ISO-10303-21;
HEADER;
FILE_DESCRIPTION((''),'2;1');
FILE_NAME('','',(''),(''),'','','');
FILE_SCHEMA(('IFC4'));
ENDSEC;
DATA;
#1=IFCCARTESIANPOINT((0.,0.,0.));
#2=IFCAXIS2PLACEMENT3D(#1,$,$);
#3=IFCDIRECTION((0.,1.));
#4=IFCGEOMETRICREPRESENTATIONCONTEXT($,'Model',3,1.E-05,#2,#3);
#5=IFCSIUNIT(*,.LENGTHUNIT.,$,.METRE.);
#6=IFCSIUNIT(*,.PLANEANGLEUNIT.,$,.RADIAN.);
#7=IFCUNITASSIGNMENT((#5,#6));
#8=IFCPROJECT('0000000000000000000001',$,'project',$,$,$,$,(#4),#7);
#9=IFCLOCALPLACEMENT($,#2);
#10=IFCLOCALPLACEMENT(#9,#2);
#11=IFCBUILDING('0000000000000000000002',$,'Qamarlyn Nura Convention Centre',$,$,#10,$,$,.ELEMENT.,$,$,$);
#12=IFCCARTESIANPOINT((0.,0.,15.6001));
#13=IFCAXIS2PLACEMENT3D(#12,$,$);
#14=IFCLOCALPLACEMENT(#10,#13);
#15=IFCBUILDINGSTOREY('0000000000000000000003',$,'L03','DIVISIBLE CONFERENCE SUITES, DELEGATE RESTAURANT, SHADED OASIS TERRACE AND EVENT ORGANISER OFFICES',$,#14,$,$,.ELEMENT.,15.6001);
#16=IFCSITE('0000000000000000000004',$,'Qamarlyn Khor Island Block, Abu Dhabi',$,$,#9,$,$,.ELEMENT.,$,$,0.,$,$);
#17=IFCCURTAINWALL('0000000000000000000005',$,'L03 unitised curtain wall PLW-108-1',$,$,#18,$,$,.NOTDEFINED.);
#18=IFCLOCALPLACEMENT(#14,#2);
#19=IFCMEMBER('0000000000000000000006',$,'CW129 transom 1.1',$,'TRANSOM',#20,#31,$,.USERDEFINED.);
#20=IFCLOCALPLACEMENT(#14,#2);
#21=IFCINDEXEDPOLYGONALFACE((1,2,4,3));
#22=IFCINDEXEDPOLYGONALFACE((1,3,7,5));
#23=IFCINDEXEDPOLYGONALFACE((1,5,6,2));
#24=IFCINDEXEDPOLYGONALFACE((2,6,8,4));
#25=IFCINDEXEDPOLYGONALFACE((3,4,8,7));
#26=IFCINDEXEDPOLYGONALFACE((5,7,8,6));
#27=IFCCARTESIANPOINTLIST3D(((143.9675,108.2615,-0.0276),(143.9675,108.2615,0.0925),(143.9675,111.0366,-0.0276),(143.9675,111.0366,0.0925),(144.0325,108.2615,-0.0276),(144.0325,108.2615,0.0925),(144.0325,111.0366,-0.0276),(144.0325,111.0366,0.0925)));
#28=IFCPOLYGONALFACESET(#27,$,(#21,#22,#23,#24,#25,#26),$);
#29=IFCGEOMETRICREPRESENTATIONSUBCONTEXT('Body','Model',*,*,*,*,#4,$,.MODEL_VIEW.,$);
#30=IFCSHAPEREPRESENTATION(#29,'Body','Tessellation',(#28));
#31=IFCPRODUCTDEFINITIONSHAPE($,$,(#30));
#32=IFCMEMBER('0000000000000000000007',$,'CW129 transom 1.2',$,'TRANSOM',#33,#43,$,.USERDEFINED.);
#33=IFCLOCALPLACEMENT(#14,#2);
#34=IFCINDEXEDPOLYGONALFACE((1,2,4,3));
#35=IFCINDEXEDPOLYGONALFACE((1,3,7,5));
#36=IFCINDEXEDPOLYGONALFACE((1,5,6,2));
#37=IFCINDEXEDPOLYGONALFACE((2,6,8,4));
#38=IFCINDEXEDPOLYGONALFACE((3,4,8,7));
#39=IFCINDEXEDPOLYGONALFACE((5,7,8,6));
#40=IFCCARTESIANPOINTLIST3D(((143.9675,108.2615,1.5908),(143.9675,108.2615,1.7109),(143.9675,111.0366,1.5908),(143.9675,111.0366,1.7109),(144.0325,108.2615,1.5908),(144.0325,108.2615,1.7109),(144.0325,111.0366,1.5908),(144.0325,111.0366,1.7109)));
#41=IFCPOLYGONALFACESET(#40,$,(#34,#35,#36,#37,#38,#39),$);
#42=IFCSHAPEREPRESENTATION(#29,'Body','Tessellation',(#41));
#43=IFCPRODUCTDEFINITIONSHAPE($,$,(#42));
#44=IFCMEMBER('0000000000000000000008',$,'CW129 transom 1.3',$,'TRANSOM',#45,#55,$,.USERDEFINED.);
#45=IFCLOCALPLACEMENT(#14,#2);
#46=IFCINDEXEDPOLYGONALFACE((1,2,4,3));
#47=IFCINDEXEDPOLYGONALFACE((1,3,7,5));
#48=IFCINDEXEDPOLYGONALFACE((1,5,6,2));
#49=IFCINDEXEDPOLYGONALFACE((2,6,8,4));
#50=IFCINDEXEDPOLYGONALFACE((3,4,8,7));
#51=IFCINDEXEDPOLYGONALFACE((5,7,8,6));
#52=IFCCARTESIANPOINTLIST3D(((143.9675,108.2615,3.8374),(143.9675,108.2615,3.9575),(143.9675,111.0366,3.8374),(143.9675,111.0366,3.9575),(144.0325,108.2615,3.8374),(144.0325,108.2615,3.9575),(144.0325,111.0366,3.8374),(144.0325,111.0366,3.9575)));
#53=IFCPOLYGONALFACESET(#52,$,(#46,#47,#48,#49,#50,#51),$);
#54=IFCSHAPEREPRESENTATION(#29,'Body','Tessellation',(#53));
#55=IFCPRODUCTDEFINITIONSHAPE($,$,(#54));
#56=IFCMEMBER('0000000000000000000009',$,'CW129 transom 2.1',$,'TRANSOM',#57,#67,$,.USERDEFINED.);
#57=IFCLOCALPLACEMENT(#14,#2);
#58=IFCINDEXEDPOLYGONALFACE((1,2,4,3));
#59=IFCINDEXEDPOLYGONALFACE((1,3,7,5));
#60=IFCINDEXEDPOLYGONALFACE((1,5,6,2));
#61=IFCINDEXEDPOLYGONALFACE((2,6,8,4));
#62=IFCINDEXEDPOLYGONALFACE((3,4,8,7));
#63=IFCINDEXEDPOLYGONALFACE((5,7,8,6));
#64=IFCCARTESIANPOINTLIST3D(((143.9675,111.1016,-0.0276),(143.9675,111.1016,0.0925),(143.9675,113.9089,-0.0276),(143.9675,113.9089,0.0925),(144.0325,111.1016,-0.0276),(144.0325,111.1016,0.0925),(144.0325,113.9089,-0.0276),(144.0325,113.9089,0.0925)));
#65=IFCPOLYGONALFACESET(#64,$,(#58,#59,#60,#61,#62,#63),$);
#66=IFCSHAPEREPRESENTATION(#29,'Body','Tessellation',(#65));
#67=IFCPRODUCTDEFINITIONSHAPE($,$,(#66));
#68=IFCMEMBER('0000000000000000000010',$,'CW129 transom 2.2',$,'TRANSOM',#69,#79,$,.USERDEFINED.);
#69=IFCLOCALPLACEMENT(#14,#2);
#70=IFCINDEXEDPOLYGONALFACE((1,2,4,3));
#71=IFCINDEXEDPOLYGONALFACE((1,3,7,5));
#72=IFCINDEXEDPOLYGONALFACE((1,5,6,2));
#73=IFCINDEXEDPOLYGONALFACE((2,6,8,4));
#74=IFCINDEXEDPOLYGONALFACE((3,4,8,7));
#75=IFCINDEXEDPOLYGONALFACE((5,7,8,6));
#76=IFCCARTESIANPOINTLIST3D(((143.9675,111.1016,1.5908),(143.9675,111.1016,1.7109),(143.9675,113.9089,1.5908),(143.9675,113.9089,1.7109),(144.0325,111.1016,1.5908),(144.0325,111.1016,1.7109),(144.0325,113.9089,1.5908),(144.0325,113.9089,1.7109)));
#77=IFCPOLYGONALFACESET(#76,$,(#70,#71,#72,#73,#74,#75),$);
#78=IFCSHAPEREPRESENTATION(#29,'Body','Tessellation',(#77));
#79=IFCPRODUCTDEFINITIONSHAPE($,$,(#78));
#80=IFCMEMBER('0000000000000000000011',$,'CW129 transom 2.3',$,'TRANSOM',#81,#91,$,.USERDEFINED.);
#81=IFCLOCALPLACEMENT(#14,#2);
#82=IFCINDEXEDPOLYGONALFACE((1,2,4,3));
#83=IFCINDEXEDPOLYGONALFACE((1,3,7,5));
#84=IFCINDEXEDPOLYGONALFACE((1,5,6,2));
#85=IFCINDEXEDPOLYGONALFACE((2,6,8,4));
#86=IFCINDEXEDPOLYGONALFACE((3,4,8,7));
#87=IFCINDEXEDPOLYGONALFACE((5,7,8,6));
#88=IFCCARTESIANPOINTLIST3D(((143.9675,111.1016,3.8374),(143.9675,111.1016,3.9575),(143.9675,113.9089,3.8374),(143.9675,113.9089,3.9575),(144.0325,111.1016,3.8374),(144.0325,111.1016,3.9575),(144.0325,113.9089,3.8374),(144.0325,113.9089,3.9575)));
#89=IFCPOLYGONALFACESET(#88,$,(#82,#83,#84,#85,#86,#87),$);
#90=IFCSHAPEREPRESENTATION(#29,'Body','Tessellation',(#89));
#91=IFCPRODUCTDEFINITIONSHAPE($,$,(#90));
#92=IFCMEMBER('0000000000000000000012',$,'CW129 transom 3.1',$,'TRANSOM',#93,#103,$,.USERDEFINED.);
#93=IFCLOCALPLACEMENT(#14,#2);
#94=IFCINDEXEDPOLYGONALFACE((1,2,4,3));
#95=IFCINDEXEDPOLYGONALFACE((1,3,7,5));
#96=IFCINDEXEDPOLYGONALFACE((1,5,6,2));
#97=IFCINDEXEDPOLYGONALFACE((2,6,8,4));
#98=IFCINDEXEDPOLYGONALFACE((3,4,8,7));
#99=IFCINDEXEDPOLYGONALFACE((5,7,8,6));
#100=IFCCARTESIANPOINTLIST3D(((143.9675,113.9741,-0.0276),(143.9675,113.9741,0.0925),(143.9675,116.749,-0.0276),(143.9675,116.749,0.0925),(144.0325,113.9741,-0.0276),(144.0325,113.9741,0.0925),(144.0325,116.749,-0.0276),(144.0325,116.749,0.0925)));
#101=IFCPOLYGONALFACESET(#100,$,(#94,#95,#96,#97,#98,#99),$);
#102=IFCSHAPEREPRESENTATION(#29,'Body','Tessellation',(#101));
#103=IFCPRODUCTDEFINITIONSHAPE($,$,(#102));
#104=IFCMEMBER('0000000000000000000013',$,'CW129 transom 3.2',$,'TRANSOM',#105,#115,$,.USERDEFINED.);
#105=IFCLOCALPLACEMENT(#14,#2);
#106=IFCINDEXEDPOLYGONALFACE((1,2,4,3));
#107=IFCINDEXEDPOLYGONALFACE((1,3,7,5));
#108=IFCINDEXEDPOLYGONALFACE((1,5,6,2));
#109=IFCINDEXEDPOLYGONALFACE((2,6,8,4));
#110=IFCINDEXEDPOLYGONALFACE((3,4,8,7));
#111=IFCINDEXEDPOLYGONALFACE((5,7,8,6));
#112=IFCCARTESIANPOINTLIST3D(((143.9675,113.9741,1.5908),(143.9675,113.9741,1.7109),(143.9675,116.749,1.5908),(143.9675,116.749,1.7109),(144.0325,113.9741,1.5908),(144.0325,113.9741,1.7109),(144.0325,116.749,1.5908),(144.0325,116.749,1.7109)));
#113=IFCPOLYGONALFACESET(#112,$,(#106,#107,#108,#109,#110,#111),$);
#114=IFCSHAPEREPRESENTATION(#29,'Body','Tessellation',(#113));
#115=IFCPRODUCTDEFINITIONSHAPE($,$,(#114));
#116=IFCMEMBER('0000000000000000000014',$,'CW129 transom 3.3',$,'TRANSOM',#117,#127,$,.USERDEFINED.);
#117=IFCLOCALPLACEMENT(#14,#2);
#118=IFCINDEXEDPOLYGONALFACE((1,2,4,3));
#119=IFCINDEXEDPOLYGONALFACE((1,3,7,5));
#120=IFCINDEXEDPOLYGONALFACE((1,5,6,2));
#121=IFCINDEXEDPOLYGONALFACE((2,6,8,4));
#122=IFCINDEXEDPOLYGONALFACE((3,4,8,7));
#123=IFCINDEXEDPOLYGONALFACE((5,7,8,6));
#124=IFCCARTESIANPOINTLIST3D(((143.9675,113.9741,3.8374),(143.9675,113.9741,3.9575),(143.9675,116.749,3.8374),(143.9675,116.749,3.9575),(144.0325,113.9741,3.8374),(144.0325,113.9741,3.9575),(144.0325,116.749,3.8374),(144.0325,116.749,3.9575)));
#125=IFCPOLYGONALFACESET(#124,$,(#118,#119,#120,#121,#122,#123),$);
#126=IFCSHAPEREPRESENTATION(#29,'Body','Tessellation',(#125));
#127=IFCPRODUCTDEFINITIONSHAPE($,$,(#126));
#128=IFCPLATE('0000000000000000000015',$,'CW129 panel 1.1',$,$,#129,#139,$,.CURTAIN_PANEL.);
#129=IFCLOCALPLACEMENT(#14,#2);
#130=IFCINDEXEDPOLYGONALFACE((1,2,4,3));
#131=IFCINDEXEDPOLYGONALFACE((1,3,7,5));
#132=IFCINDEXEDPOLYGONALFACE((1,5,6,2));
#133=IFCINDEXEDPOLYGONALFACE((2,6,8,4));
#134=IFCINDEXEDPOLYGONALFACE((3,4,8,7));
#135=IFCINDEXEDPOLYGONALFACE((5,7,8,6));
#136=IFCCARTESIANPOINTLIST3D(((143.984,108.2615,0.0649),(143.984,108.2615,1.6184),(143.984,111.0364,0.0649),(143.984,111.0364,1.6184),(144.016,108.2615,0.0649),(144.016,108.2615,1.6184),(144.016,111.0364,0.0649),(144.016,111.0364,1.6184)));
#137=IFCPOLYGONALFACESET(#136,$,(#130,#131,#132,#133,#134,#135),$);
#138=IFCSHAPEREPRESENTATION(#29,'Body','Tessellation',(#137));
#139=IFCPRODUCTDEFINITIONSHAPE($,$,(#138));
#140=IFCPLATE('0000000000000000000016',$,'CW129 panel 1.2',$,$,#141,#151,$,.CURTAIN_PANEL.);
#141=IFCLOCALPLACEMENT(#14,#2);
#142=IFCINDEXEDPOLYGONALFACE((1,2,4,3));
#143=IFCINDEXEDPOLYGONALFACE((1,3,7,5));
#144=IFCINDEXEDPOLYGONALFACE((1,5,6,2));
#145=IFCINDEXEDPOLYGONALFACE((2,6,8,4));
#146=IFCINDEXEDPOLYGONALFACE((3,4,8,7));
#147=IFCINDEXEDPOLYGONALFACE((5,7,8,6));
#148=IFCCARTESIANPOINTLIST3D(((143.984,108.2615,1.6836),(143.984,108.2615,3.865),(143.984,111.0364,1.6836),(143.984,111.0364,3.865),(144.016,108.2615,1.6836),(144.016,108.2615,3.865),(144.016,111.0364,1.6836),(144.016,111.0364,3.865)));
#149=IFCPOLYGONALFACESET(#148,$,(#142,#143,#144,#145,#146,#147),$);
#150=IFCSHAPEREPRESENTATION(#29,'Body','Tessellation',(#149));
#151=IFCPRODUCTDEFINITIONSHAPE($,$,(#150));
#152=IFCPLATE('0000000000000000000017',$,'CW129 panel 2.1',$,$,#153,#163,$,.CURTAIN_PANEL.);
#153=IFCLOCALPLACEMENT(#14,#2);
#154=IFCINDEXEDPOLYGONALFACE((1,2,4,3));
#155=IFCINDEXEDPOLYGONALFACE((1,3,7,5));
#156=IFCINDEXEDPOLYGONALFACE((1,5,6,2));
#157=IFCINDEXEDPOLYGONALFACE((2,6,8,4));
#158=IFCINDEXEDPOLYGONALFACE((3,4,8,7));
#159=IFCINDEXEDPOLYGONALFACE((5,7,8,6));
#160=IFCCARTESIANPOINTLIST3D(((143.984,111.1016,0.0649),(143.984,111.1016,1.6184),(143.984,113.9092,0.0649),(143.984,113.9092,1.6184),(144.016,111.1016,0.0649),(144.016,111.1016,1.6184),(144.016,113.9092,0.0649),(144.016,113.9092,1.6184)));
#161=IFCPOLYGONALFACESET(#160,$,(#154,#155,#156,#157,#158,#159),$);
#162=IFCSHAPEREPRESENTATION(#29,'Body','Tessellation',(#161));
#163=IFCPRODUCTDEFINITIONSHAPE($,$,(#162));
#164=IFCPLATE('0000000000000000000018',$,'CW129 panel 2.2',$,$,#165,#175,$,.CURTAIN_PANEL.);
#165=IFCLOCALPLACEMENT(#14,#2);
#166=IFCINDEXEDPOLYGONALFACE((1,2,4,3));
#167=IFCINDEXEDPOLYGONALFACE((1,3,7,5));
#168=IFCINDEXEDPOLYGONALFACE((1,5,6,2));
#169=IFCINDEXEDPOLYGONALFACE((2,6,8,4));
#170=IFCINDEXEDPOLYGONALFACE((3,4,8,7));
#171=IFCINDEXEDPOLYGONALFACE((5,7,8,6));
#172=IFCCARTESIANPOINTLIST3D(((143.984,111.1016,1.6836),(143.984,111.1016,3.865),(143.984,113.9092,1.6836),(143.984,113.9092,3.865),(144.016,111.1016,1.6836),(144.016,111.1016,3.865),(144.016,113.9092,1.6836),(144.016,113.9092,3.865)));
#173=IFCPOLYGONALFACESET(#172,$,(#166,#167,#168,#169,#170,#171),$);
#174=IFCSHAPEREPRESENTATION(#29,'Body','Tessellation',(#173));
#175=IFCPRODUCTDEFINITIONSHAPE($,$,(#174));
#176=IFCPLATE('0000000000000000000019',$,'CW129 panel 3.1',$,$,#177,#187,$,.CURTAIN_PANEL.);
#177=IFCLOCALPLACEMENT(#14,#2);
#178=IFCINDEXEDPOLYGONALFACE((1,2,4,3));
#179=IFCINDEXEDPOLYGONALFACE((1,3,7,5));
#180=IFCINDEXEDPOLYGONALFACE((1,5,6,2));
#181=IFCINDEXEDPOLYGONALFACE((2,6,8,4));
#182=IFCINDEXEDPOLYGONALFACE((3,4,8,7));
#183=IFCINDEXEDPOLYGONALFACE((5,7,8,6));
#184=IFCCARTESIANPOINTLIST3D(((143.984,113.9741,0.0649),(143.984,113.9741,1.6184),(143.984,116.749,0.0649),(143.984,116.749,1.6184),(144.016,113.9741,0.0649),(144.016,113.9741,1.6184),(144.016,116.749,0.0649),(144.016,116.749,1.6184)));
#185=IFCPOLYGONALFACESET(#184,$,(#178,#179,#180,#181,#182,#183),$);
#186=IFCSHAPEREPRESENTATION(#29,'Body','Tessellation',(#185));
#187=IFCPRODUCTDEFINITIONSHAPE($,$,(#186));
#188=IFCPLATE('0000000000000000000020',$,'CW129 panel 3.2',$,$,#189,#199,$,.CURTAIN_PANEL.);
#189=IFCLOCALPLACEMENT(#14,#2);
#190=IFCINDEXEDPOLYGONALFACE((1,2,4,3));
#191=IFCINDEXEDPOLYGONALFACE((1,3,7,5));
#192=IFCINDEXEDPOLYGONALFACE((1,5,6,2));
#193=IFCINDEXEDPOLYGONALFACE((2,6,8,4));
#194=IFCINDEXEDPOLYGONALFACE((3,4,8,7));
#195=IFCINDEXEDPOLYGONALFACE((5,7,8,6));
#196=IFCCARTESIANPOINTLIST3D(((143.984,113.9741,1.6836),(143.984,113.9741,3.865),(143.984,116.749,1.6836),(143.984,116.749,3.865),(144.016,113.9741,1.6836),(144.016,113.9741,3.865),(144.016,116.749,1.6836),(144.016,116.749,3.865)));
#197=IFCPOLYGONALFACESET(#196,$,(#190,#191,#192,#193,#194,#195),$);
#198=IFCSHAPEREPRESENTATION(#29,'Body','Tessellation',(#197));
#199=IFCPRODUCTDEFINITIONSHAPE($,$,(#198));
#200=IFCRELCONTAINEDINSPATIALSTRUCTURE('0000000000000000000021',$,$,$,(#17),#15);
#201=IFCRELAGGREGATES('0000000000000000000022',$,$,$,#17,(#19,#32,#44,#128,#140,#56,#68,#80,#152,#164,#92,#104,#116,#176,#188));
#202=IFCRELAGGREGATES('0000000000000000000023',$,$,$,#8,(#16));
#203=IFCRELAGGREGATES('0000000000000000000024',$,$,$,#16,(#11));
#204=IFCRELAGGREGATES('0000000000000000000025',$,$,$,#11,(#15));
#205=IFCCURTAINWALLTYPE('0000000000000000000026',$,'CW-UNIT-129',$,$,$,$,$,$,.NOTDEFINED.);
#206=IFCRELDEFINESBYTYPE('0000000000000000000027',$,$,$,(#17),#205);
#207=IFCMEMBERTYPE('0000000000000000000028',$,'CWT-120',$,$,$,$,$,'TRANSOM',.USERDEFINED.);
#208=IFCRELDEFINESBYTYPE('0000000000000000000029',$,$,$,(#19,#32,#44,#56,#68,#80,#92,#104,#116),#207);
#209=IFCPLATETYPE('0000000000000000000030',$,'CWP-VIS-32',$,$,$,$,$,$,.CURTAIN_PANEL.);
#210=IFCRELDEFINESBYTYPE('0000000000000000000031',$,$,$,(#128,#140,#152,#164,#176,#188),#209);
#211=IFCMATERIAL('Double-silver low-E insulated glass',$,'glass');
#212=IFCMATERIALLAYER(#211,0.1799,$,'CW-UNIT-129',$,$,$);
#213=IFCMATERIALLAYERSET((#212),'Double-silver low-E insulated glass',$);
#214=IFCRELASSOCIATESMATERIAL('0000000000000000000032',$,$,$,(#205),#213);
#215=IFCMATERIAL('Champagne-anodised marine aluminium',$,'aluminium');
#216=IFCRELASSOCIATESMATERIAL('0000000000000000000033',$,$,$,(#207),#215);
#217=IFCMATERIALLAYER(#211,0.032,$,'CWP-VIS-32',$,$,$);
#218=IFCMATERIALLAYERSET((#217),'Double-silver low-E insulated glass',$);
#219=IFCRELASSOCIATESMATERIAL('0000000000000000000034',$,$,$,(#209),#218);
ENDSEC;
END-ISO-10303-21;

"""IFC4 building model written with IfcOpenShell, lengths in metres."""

from ifc_helpers import new_model, si_unit, direction, frame, origin, origin_2d, place, context, subcontext, project, spatial, rectangle, extrude, material, layer, layer_set, material_profile, profile_set, type_object, element, aggregate, save


model = new_model("IFC4")

# Units and contexts
model_context = context("Model", 3, precision=1e-05, world=origin(), true_north=direction((0.0, 1.0)))
body_context = subcontext(model_context, "Body", "Model", "MODEL_VIEW")
ifc_project = project(units=[si_unit("LENGTHUNIT", "METRE"), si_unit("PLANEANGLEUNIT", "RADIAN")], contexts=[model_context])

# Site, building, storey
site_placement = place(None, origin())
site = spatial("IfcSite", under=ifc_project, at=site_placement, Name="Qamarlyn Khor Island Block, Abu Dhabi", CompositionType="ELEMENT", RefElevation=0.0)
building_placement = place(site_placement, origin())
building = spatial("IfcBuilding", under=site, at=building_placement, Name="Qamarlyn Nura Convention Centre", CompositionType="ELEMENT")
storey_placement = place(building_placement, frame((0.0, 0.0, 15.6001)))
storey = spatial("IfcBuildingStorey", under=building, at=storey_placement, Name="L03", Description="DIVISIBLE CONFERENCE SUITES, DELEGATE RESTAURANT, SHADED OASIS TERRACE AND EVENT ORGANISER OFFICES", CompositionType="ELEMENT", Elevation=15.6001)

# Curtain wall, members, plates
ifc_material_1 = material(Name="Double-silver low-E insulated glass", Category="glass")
ifc_layer_1 = layer(ifc_material_1, 0.1799, Name="CW-UNIT-129")
ifc_layer_set_1 = layer_set([ifc_layer_1], Name="Double-silver low-E insulated glass")
curtain_wall_type = type_object("IfcCurtainWallType", Name="CW-UNIT-129", PredefinedType="NOTDEFINED", material=ifc_layer_set_1)
curtain_wall_placement = place(storey_placement, origin())
curtain_wall = element("IfcCurtainWall", 1, at=curtain_wall_placement, inside=storey, type_object=curtain_wall_type, Name="L03 unitised curtain wall PLW-108-1", PredefinedType="NOTDEFINED")
ifc_material_2 = material(Name="Champagne-anodised marine aluminium", Category="aluminium")
ifc_material_profile_1 = material_profile(ifc_material_2, rectangle(XDim=0.0649, YDim=0.1201, at=origin_2d()), Name="ALU TRANSOM 65x120")
ifc_profile_set_1 = profile_set([ifc_material_profile_1], Name="Champagne-anodised marine aluminium")
member_type_1 = type_object("IfcMemberType", Name="CWT-120", ElementType="TRANSOM", PredefinedType="USERDEFINED", material=ifc_profile_set_1)
member_1_placement = place(storey_placement, frame((144.0, 108.2615, 0.0325), z_axis=(0.0, 1.0, 0.0), x_axis=(-1.0, 0.0, 0.0)))
member_1 = element("IfcMember", 2, at=member_1_placement, type_object=member_type_1, Name="CW129 transom 1.1", ObjectType="TRANSOM", PredefinedType="USERDEFINED", context=body_context, shape_type="SweptSolid", body=[
    extrude(rectangle(XDim=0.0649, YDim=0.1201, at=origin_2d()), origin(), (0.0, 0.0, 1.0), 2.7751),
])
member_2_placement = place(storey_placement, frame((144.0, 108.2615, 1.6509), z_axis=(0.0, 1.0, 0.0), x_axis=(-1.0, 0.0, 0.0)))
member_2 = element("IfcMember", 3, at=member_2_placement, type_object=member_type_1, Name="CW129 transom 1.2", ObjectType="TRANSOM", PredefinedType="USERDEFINED", context=body_context, shape_type="SweptSolid", body=[
    extrude(rectangle(XDim=0.0649, YDim=0.1201, at=origin_2d()), origin(), (0.0, 0.0, 1.0), 2.7751),
])
member_3_placement = place(storey_placement, frame((144.0, 108.2615, 3.8975), z_axis=(0.0, 1.0, 0.0), x_axis=(-1.0, 0.0, 0.0)))
member_3 = element("IfcMember", 4, at=member_3_placement, type_object=member_type_1, Name="CW129 transom 1.3", ObjectType="TRANSOM", PredefinedType="USERDEFINED", context=body_context, shape_type="SweptSolid", body=[
    extrude(rectangle(XDim=0.0649, YDim=0.1201, at=origin_2d()), origin(), (0.0, 0.0, 1.0), 2.7751),
])
member_4_placement = place(storey_placement, frame((144.0, 111.1016, 0.0325), z_axis=(0.0, 1.0, 0.0), x_axis=(-1.0, 0.0, 0.0)))
member_4 = element("IfcMember", 5, at=member_4_placement, type_object=member_type_1, Name="CW129 transom 2.1", ObjectType="TRANSOM", PredefinedType="USERDEFINED", context=body_context, shape_type="SweptSolid", body=[
    extrude(rectangle(XDim=0.0649, YDim=0.1201, at=origin_2d()), origin(), (0.0, 0.0, 1.0), 2.8074),
])
member_5_placement = place(storey_placement, frame((144.0, 111.1016, 1.6509), z_axis=(0.0, 1.0, 0.0), x_axis=(-1.0, 0.0, 0.0)))
member_5 = element("IfcMember", 6, at=member_5_placement, type_object=member_type_1, Name="CW129 transom 2.2", ObjectType="TRANSOM", PredefinedType="USERDEFINED", context=body_context, shape_type="SweptSolid", body=[
    extrude(rectangle(XDim=0.0649, YDim=0.1201, at=origin_2d()), origin(), (0.0, 0.0, 1.0), 2.8074),
])
member_6_placement = place(storey_placement, frame((144.0, 111.1016, 3.8975), z_axis=(0.0, 1.0, 0.0), x_axis=(-1.0, 0.0, 0.0)))
member_6 = element("IfcMember", 7, at=member_6_placement, type_object=member_type_1, Name="CW129 transom 2.3", ObjectType="TRANSOM", PredefinedType="USERDEFINED", context=body_context, shape_type="SweptSolid", body=[
    extrude(rectangle(XDim=0.0649, YDim=0.1201, at=origin_2d()), origin(), (0.0, 0.0, 1.0), 2.8074),
])
member_7_placement = place(storey_placement, frame((144.0, 113.9741, 0.0325), z_axis=(0.0, 1.0, 0.0), x_axis=(-1.0, 0.0, 0.0)))
member_7 = element("IfcMember", 8, at=member_7_placement, type_object=member_type_1, Name="CW129 transom 3.1", ObjectType="TRANSOM", PredefinedType="USERDEFINED", context=body_context, shape_type="SweptSolid", body=[
    extrude(rectangle(XDim=0.0649, YDim=0.1201, at=origin_2d()), origin(), (0.0, 0.0, 1.0), 2.7749),
])
member_8_placement = place(storey_placement, frame((144.0, 113.9741, 1.6509), z_axis=(0.0, 1.0, 0.0), x_axis=(-1.0, 0.0, 0.0)))
member_8 = element("IfcMember", 9, at=member_8_placement, type_object=member_type_1, Name="CW129 transom 3.2", ObjectType="TRANSOM", PredefinedType="USERDEFINED", context=body_context, shape_type="SweptSolid", body=[
    extrude(rectangle(XDim=0.0649, YDim=0.1201, at=origin_2d()), origin(), (0.0, 0.0, 1.0), 2.7749),
])
member_9_placement = place(storey_placement, frame((144.0, 113.9741, 3.8975), z_axis=(0.0, 1.0, 0.0), x_axis=(-1.0, 0.0, 0.0)))
member_9 = element("IfcMember", 10, at=member_9_placement, type_object=member_type_1, Name="CW129 transom 3.3", ObjectType="TRANSOM", PredefinedType="USERDEFINED", context=body_context, shape_type="SweptSolid", body=[
    extrude(rectangle(XDim=0.0649, YDim=0.1201, at=origin_2d()), origin(), (0.0, 0.0, 1.0), 2.7749),
])
ifc_layer_2 = layer(ifc_material_1, 0.032, Name="CWP-VIS-32")
ifc_layer_set_2 = layer_set([ifc_layer_2], Name="Double-silver low-E insulated glass")
plate_type = type_object("IfcPlateType", Name="CWP-VIS-32", PredefinedType="CURTAIN_PANEL", material=ifc_layer_set_2)
plate_1_placement = place(storey_placement, frame((144.0, 109.6489, 0.0649), z_axis=(0.0, 0.0, 1.0), x_axis=(0.0, 1.0, 0.0)))
plate_1 = element("IfcPlate", 11, at=plate_1_placement, type_object=plate_type, Name="CW129 panel 1.1", PredefinedType="CURTAIN_PANEL", context=body_context, shape_type="SweptSolid", body=[
    extrude(rectangle(XDim=2.7749, YDim=0.032, at=origin_2d()), origin(), (0.0, 0.0, 1.0), 1.5535),
])
plate_2_placement = place(storey_placement, frame((144.0, 109.6489, 1.6836), z_axis=(0.0, 0.0, 1.0), x_axis=(0.0, 1.0, 0.0)))
plate_2 = element("IfcPlate", 12, at=plate_2_placement, type_object=plate_type, Name="CW129 panel 1.2", PredefinedType="CURTAIN_PANEL", context=body_context, shape_type="SweptSolid", body=[
    extrude(rectangle(XDim=2.7749, YDim=0.032, at=origin_2d()), origin(), (0.0, 0.0, 1.0), 2.1814),
])
plate_3_placement = place(storey_placement, frame((144.0, 112.5054, 0.0649), z_axis=(0.0, 0.0, 1.0), x_axis=(0.0, 1.0, 0.0)))
plate_3 = element("IfcPlate", 13, at=plate_3_placement, type_object=plate_type, Name="CW129 panel 2.1", PredefinedType="CURTAIN_PANEL", context=body_context, shape_type="SweptSolid", body=[
    extrude(rectangle(XDim=2.8076, YDim=0.032, at=origin_2d()), origin(), (0.0, 0.0, 1.0), 1.5535),
])
plate_4_placement = place(storey_placement, frame((144.0, 112.5054, 1.6836), z_axis=(0.0, 0.0, 1.0), x_axis=(0.0, 1.0, 0.0)))
plate_4 = element("IfcPlate", 14, at=plate_4_placement, type_object=plate_type, Name="CW129 panel 2.2", PredefinedType="CURTAIN_PANEL", context=body_context, shape_type="SweptSolid", body=[
    extrude(rectangle(XDim=2.8076, YDim=0.032, at=origin_2d()), origin(), (0.0, 0.0, 1.0), 2.1814),
])
plate_5_placement = place(storey_placement, frame((144.0, 115.3616, 0.0649), z_axis=(0.0, 0.0, 1.0), x_axis=(0.0, 1.0, 0.0)))
plate_5 = element("IfcPlate", 15, at=plate_5_placement, type_object=plate_type, Name="CW129 panel 3.1", PredefinedType="CURTAIN_PANEL", context=body_context, shape_type="SweptSolid", body=[
    extrude(rectangle(XDim=2.7749, YDim=0.032, at=origin_2d()), origin(), (0.0, 0.0, 1.0), 1.5535),
])
plate_6_placement = place(storey_placement, frame((144.0, 115.3616, 1.6836), z_axis=(0.0, 0.0, 1.0), x_axis=(0.0, 1.0, 0.0)))
plate_6 = element("IfcPlate", 16, at=plate_6_placement, type_object=plate_type, Name="CW129 panel 3.2", PredefinedType="CURTAIN_PANEL", context=body_context, shape_type="SweptSolid", body=[
    extrude(rectangle(XDim=2.7749, YDim=0.032, at=origin_2d()), origin(), (0.0, 0.0, 1.0), 2.1814),
])
aggregate(curtain_wall, [member_1, member_2, member_3, plate_1, plate_2, member_4, member_5, member_6, plate_3, plate_4, member_7, member_8, member_9, plate_5, plate_6])

save(model, "model.ifc")
